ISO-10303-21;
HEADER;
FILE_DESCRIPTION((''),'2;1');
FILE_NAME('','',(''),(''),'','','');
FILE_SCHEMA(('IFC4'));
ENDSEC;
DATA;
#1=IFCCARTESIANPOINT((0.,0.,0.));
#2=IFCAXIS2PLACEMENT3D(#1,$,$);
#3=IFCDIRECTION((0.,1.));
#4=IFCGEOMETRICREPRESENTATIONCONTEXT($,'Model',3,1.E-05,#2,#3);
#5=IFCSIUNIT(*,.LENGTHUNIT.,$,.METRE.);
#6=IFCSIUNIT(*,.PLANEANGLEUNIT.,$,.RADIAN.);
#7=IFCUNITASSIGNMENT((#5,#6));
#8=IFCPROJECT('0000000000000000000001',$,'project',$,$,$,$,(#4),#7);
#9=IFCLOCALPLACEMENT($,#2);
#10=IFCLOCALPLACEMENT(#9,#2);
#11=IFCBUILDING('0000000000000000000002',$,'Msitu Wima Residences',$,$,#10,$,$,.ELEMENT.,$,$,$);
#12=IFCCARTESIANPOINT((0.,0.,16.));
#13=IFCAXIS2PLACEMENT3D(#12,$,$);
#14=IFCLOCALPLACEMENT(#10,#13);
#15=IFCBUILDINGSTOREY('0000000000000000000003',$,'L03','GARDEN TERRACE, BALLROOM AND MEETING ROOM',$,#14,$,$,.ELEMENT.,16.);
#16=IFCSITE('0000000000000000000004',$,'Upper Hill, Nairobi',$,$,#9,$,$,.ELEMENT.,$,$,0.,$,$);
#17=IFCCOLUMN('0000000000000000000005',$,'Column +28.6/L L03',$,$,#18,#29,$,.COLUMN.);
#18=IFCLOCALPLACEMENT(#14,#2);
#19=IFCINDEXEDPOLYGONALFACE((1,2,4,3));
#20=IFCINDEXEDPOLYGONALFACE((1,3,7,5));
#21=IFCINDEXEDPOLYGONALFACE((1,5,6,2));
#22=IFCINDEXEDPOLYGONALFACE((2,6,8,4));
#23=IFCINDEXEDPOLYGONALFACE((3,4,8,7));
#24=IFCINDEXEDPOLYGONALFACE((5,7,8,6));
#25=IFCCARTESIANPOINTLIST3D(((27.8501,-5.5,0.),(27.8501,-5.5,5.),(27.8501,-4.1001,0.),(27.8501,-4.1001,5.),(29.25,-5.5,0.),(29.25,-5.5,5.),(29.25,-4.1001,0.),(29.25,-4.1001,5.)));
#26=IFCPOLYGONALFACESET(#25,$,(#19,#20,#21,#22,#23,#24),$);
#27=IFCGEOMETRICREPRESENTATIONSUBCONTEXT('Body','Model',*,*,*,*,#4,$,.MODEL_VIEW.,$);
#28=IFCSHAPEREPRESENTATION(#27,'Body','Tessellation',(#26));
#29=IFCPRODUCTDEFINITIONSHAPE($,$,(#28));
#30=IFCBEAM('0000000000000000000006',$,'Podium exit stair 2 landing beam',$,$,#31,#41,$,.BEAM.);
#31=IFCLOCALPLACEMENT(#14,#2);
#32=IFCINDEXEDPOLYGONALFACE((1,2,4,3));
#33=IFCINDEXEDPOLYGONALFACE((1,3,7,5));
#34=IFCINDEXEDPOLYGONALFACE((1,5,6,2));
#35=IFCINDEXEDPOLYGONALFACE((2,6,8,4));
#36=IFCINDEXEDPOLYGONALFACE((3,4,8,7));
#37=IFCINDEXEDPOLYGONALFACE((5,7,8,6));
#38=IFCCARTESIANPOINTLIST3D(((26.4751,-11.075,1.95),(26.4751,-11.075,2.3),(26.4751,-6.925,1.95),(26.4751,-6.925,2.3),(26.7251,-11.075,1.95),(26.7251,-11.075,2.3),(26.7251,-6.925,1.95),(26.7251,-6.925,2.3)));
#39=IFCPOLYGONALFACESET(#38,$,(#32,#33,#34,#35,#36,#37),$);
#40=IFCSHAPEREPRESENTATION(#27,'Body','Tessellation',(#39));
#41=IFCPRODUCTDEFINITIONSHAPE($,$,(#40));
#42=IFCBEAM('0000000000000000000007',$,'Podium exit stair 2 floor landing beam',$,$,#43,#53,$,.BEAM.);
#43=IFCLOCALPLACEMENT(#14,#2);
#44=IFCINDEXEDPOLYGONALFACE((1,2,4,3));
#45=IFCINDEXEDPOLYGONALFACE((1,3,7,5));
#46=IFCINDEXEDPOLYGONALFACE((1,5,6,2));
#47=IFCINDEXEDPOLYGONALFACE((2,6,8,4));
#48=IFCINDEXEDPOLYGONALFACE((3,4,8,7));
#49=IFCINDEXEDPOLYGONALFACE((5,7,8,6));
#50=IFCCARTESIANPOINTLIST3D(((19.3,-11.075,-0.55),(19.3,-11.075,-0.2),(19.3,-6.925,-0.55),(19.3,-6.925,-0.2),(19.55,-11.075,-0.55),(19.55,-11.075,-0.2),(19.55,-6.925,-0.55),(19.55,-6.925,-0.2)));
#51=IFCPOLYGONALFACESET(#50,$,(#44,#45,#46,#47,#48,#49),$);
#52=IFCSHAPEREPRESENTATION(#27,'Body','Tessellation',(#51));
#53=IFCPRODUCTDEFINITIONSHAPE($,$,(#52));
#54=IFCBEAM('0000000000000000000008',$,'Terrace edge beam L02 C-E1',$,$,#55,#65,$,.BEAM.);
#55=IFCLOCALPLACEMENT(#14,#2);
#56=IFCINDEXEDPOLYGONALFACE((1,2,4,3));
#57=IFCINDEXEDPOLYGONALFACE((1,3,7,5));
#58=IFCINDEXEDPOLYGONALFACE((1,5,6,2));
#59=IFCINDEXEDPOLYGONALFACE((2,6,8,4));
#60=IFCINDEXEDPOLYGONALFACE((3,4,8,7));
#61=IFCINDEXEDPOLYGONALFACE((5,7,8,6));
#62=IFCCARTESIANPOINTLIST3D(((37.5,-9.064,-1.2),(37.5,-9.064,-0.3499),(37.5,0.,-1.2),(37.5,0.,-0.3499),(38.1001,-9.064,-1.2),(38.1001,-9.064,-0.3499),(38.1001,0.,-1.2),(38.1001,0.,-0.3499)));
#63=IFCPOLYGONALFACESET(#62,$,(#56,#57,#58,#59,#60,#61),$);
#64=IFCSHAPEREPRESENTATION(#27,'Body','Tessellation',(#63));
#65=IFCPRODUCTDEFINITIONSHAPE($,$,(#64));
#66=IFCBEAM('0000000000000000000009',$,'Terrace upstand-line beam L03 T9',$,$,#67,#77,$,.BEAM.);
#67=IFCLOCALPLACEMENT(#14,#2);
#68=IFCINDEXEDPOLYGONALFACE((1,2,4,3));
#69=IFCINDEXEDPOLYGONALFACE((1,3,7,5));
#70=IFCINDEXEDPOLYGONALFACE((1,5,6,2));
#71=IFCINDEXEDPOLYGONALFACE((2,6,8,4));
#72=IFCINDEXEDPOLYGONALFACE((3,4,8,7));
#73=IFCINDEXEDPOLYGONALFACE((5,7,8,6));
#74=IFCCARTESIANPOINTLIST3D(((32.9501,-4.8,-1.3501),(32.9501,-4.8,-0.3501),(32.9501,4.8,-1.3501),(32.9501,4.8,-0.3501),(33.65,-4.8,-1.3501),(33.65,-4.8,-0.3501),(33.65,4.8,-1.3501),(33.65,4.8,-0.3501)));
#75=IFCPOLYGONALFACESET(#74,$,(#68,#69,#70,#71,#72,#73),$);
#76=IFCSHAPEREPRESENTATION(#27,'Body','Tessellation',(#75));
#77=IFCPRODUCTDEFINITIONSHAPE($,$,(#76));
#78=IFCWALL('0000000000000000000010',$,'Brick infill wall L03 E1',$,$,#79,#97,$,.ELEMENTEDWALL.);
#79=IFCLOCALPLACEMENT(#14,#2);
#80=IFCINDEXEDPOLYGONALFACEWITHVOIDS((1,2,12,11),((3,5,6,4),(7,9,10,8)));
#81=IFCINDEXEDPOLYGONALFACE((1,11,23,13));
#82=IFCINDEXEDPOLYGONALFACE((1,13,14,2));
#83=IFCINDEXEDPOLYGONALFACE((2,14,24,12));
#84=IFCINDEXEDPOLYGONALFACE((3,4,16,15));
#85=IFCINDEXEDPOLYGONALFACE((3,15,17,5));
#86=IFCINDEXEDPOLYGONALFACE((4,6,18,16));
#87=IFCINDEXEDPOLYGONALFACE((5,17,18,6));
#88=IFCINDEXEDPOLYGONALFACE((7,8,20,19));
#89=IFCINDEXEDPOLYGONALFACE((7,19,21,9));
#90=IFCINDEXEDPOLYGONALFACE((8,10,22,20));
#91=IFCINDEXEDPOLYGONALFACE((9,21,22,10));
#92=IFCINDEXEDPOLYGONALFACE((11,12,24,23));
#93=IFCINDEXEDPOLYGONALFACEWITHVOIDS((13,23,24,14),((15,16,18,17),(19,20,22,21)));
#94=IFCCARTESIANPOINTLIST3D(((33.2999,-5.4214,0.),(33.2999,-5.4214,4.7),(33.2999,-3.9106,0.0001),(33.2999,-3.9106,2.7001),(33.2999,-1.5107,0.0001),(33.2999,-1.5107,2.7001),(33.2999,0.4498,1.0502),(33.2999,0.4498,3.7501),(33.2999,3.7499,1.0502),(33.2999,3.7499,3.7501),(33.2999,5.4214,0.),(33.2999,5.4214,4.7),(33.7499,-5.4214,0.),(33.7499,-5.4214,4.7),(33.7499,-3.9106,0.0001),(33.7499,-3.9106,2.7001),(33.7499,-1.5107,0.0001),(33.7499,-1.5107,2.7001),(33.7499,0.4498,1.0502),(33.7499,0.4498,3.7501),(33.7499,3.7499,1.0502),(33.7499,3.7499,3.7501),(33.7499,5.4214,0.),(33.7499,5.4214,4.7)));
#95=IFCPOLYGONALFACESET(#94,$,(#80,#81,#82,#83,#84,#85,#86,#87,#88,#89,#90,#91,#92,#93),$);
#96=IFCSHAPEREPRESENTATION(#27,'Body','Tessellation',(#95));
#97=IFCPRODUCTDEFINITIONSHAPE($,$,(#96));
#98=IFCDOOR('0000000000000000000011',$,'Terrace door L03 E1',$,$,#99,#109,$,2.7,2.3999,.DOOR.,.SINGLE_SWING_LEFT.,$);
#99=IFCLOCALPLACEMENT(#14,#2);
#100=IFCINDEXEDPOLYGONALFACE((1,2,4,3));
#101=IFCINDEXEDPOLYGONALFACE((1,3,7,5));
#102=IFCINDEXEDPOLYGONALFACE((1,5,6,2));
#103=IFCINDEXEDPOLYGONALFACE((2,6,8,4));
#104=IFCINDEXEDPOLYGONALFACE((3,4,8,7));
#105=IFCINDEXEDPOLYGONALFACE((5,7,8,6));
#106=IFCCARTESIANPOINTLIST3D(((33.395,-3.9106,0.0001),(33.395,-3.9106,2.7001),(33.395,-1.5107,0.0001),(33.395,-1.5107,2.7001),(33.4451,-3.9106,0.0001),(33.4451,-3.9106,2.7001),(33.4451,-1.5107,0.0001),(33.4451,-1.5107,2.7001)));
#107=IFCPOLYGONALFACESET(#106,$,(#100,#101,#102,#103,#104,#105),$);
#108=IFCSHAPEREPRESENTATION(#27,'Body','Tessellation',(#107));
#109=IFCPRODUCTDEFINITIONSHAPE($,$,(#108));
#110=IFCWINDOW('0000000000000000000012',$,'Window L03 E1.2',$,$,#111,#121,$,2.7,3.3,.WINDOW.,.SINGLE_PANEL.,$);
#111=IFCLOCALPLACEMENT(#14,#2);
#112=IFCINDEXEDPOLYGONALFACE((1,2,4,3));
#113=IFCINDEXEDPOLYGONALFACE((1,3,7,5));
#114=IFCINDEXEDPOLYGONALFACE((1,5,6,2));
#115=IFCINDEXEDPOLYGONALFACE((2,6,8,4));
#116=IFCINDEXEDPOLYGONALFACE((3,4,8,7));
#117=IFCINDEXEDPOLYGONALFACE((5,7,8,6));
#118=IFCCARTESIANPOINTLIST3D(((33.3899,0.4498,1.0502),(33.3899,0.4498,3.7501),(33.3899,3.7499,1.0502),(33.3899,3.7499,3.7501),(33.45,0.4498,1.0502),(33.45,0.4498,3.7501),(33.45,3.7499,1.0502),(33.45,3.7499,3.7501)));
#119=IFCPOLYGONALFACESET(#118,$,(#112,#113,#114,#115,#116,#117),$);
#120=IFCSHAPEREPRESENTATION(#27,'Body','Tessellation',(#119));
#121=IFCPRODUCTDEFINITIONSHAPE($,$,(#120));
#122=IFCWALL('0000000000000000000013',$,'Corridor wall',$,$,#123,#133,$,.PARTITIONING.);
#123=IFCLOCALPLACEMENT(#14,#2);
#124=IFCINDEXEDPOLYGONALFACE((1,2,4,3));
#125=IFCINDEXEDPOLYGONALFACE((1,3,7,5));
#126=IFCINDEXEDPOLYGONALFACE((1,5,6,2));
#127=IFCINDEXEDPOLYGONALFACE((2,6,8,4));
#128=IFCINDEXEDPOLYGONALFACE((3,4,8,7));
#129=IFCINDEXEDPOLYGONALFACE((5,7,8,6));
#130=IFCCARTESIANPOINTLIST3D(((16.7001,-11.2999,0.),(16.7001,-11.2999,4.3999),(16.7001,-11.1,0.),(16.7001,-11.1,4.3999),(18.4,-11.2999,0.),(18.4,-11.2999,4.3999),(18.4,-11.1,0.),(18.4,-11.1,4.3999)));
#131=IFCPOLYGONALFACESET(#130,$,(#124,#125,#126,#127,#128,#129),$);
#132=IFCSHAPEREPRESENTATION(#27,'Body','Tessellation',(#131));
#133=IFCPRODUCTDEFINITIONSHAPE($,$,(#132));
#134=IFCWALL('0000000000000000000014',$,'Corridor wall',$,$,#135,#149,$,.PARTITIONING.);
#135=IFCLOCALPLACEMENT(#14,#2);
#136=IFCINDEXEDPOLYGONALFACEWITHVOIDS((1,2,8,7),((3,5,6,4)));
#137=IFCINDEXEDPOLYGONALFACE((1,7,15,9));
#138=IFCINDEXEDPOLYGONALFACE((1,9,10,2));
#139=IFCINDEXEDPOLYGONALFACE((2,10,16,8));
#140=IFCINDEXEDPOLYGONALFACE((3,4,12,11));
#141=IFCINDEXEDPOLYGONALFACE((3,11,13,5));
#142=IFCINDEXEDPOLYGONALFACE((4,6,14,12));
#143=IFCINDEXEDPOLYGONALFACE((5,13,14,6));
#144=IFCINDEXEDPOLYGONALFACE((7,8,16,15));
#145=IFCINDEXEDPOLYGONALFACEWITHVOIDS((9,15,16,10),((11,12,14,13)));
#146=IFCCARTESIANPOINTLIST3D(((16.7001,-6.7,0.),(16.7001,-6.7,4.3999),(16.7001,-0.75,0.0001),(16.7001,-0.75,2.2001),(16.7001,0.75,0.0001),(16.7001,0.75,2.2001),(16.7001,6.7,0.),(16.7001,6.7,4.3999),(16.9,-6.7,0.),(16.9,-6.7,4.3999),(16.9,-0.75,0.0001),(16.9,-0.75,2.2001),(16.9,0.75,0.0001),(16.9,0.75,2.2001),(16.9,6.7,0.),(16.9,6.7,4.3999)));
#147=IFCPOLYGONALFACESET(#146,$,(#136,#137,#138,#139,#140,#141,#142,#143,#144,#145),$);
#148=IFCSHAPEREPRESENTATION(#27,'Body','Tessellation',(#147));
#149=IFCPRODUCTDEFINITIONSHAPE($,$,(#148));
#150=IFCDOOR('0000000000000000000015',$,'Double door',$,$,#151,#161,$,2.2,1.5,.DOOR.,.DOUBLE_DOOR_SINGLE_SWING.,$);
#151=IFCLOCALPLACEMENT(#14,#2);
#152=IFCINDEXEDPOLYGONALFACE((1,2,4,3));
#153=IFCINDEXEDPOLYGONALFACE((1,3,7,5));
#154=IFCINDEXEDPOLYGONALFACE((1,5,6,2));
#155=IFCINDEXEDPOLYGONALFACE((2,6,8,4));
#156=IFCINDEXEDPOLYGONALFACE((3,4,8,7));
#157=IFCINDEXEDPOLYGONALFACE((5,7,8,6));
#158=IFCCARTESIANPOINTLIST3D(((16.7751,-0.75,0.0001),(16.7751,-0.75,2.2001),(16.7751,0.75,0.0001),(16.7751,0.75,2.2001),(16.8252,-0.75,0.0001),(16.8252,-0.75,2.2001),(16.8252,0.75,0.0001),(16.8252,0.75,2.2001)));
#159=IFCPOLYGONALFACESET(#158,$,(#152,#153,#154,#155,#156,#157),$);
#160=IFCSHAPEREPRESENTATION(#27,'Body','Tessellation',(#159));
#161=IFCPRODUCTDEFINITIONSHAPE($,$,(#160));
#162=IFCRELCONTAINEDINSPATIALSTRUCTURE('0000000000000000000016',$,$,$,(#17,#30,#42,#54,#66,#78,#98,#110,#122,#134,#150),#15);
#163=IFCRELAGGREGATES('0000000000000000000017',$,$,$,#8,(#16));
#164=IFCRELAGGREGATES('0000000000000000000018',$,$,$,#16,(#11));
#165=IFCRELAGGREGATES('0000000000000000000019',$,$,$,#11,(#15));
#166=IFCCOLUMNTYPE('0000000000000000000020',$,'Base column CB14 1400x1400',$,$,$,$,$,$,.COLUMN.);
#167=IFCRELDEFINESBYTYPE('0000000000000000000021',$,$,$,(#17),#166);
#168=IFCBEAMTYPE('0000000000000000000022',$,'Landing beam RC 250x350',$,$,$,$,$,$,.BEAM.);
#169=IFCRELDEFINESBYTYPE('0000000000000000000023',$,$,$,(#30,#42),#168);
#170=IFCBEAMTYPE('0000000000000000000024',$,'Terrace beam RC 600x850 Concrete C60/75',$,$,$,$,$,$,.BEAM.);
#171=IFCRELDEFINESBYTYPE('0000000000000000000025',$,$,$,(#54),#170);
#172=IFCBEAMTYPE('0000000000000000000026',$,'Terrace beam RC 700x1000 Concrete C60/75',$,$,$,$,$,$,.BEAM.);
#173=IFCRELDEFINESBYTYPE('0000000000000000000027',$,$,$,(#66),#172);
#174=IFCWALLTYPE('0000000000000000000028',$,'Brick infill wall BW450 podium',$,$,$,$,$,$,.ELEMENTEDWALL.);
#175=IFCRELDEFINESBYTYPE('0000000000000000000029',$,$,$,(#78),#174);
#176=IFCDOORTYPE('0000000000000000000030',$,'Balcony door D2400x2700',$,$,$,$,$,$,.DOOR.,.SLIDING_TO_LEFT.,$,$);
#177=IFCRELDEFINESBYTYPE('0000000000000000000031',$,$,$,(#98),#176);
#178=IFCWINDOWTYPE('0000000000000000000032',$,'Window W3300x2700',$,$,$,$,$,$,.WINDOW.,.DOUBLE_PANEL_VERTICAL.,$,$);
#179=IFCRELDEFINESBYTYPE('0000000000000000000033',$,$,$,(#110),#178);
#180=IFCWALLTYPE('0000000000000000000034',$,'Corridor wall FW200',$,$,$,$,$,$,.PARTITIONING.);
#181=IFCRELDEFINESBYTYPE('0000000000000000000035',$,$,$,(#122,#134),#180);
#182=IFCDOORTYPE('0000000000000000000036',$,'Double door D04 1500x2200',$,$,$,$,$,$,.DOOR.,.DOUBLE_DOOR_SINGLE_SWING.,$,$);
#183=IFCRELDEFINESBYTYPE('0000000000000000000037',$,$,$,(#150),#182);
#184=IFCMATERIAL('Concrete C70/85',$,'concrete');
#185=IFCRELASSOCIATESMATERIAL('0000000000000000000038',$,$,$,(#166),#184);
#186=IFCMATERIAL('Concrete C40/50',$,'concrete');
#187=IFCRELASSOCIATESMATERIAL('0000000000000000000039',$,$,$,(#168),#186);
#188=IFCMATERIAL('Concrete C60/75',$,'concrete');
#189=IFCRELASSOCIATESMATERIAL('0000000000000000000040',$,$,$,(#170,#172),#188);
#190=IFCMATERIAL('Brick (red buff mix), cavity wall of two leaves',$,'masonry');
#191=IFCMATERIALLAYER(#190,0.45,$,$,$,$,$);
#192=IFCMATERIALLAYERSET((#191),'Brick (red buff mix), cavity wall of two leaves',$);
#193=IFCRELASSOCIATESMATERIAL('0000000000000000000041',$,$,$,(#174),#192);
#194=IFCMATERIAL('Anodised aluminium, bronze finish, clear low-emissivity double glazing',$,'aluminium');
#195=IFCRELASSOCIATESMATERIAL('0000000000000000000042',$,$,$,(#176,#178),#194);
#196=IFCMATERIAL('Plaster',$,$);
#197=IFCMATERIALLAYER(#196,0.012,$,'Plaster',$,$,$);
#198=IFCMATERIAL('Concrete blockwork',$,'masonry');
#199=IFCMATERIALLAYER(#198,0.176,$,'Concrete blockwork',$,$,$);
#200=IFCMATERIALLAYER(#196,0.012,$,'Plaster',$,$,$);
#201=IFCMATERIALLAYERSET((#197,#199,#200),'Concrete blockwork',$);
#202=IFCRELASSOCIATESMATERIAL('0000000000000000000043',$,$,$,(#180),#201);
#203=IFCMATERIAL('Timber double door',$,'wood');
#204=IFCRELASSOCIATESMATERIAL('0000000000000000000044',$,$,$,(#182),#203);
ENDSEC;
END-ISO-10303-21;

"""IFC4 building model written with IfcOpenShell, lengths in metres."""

from ifc_helpers import new_model, si_unit, direction, frame, frame_2d, origin, origin_2d, place, context, subcontext, project, spatial, rectangle, extrude, material, layer, layer_set, material_profile, profile_set, type_object, element, fill, save


model = new_model("IFC4")

# Units and contexts
model_context = context("Model", 3, precision=1e-05, world=origin(), true_north=direction((0.0, 1.0)))
body_context = subcontext(model_context, "Body", "Model", "MODEL_VIEW")
ifc_project = project(units=[si_unit("LENGTHUNIT", "METRE"), si_unit("PLANEANGLEUNIT", "RADIAN")], contexts=[model_context])

# Site, building, storey
site_placement = place(None, origin())
site = spatial("IfcSite", under=ifc_project, at=site_placement, Name="Upper Hill, Nairobi", CompositionType="ELEMENT", RefElevation=0.0)
building_placement = place(site_placement, origin())
building = spatial("IfcBuilding", under=site, at=building_placement, Name="Msitu Wima Residences", CompositionType="ELEMENT")
storey_placement = place(building_placement, frame((0.0, 0.0, 16.0)))
storey = spatial("IfcBuildingStorey", under=building, at=storey_placement, Name="L03", Description="GARDEN TERRACE, BALLROOM AND MEETING ROOM", CompositionType="ELEMENT", Elevation=16.0)

# Column
ifc_material_1 = material(Name="Concrete C70/85", Category="concrete")
ifc_material_profile_1 = material_profile(ifc_material_1, rectangle(XDim=1.3999, YDim=1.3999, at=origin_2d()), Name="RC 1400x1400")
ifc_profile_set_1 = profile_set([ifc_material_profile_1], Name="Concrete C70/85")
column_type = type_object("IfcColumnType", Name="Base column CB14 1400x1400", PredefinedType="COLUMN", material=ifc_profile_set_1)
column_placement = place(storey_placement, frame((28.55, -4.8, 0.0), z_axis=(0.0, 0.0, 1.0), x_axis=(0.0, 1.0, 0.0)))
element("IfcColumn", 1, at=column_placement, inside=storey, type_object=column_type, Name="Column +28.6/L L03", PredefinedType="COLUMN", context=body_context, shape_type="SweptSolid", body=[
    extrude(rectangle(XDim=1.3999, YDim=1.3999, at=origin_2d()), origin(), (0.0, 0.0, 1.0), 5.0),
])

# Beams
ifc_material_2 = material(Name="Concrete C40/50", Category="concrete")
ifc_material_profile_2 = material_profile(ifc_material_2, rectangle(XDim=0.25, YDim=0.3501, at=origin_2d()), Name="RC 250x350")
ifc_profile_set_2 = profile_set([ifc_material_profile_2], Name="Concrete C40/50")
beam_type_1 = type_object("IfcBeamType", Name="Landing beam RC 250x350", PredefinedType="BEAM", material=ifc_profile_set_2)
for number, where, z_axis, x_axis, name in (
    (2, (26.6001, -6.925, 2.125), (0.0, -1.0, 0.0), (1.0, 0.0, 0.0), "Podium exit stair 2 landing beam"),
    (3, (19.425, -6.925, -0.375), (0.0, -1.0, 0.0), (1.0, 0.0, 0.0), "Podium exit stair 2 floor landing beam"),
):
    element("IfcBeam", number, at=place(storey_placement, frame(where, z_axis=z_axis, x_axis=x_axis)), inside=storey, type_object=beam_type_1, Name=name, PredefinedType="BEAM", context=body_context, shape_type="SweptSolid", body=[
        extrude(rectangle(XDim=0.25, YDim=0.3501, at=origin_2d()), origin(), (0.0, 0.0, 1.0), 4.1499),
    ])
ifc_material_3 = material(Name="Concrete C60/75", Category="concrete")
ifc_material_profile_3 = material_profile(ifc_material_3, rectangle(XDim=0.6001, YDim=0.8501, at=origin_2d()), Name="RC 600x850")
ifc_profile_set_3 = profile_set([ifc_material_profile_3], Name="Concrete C60/75")
beam_type_2 = type_object("IfcBeamType", Name="Terrace beam RC 600x850 Concrete C60/75", PredefinedType="BEAM", material=ifc_profile_set_3)
beam_1_placement = place(storey_placement, frame((37.8, -9.064, -0.7749), z_axis=(0.0, 1.0, 0.0), x_axis=(-1.0, 0.0, 0.0)))
element("IfcBeam", 4, at=beam_1_placement, inside=storey, type_object=beam_type_2, Name="Terrace edge beam L02 C-E1", PredefinedType="BEAM", context=body_context, shape_type="SweptSolid", body=[
    extrude(rectangle(XDim=0.6001, YDim=0.8501, at=origin_2d()), origin(), (0.0, 0.0, 1.0), 9.064),
])
ifc_material_profile_4 = material_profile(ifc_material_3, rectangle(XDim=0.7, YDim=1.0, at=origin_2d()), Name="RC 700x1000")
ifc_profile_set_4 = profile_set([ifc_material_profile_4], Name="Concrete C60/75")
beam_type_3 = type_object("IfcBeamType", Name="Terrace beam RC 700x1000 Concrete C60/75", PredefinedType="BEAM", material=ifc_profile_set_4)
beam_2_placement = place(storey_placement, frame((33.3, -4.8, -0.8501), z_axis=(0.0, 1.0, 0.0), x_axis=(-1.0, 0.0, 0.0)))
element("IfcBeam", 5, at=beam_2_placement, inside=storey, type_object=beam_type_3, Name="Terrace upstand-line beam L03 T9", PredefinedType="BEAM", context=body_context, shape_type="SweptSolid", body=[
    extrude(rectangle(XDim=0.7, YDim=1.0, at=origin_2d()), origin(), (0.0, 0.0, 1.0), 9.6001),
])

# Wall, openings, door, window
ifc_material_4 = material(Name="Brick (red buff mix), cavity wall of two leaves", Category="masonry")
ifc_layer_1 = layer(ifc_material_4, 0.45)
ifc_layer_set_1 = layer_set([ifc_layer_1], Name="Brick (red buff mix), cavity wall of two leaves")
wall_type_1 = type_object("IfcWallType", Name="Brick infill wall BW450 podium", PredefinedType="ELEMENTEDWALL", material=ifc_layer_set_1)
wall_1_placement = place(storey_placement, frame((33.5249, -5.4214, 0.0), z_axis=(0.0, 0.0, 1.0), x_axis=(0.0, 1.0, 0.0)))
wall_1 = element("IfcWall", 6, at=wall_1_placement, inside=storey, type_object=wall_type_1, Name="Brick infill wall L03 E1", PredefinedType="ELEMENTEDWALL", context=body_context, shape_type="SweptSolid", body=[
    extrude(rectangle(XDim=10.8428, YDim=0.45, at=frame_2d((5.4214, 0.0))), origin(), (0.0, 0.0, 1.0), 4.7),
])
opening_1_placement = place(wall_1_placement, frame((1.5107, 0.0, 0.0)))
opening_1 = element("IfcOpeningElement", 7, at=opening_1_placement, cuts=wall_1, PredefinedType="OPENING", context=body_context, shape_type="SweptSolid", body=[
    extrude(rectangle(XDim=2.3999, YDim=2.7, at=frame_2d((1.2, 1.3501))), frame((0.0, 0.2349, 0.0), z_axis=(0.0, -1.0, 0.0), x_axis=(1.0, 0.0, 0.0)), (0.0, 0.0, 1.0), 0.47),
])
opening_2_placement = place(wall_1_placement, frame((5.8713, 0.0, 1.05)))
opening_2 = element("IfcOpeningElement", 8, at=opening_2_placement, cuts=wall_1, PredefinedType="OPENING", context=body_context, shape_type="SweptSolid", body=[
    extrude(rectangle(XDim=3.3, YDim=2.7, at=frame_2d((1.6499, 1.3501))), frame((0.0, 0.2349, 0.0), z_axis=(0.0, -1.0, 0.0), x_axis=(1.0, 0.0, 0.0)), (0.0, 0.0, 1.0), 0.47),
])
ifc_material_5 = material(Name="Anodised aluminium, bronze finish, clear low-emissivity double glazing", Category="aluminium")
door_type_1 = type_object("IfcDoorType", Name="Balcony door D2400x2700", OperationType="SLIDING_TO_LEFT", PredefinedType="DOOR", material=ifc_material_5)
door_1_placement = place(opening_1_placement, origin())
door_1 = element("IfcDoor", 9, at=door_1_placement, inside=storey, type_object=door_type_1, Name="Terrace door L03 E1", OperationType="SINGLE_SWING_LEFT", OverallHeight=2.7, OverallWidth=2.3999, PredefinedType="DOOR", context=body_context, shape_type="SweptSolid", body=[
    extrude(rectangle(XDim=2.3999, YDim=2.7, at=frame_2d((1.2, 1.3501))), frame((0.0, 0.1299, 0.0), z_axis=(0.0, -1.0, 0.0), x_axis=(1.0, 0.0, 0.0)), (0.0, 0.0, 1.0), 0.05),
])
fill(opening_1, door_1)
window_type = type_object("IfcWindowType", Name="Window W3300x2700", PartitioningType="DOUBLE_PANEL_VERTICAL", PredefinedType="WINDOW", material=ifc_material_5)
window_placement = place(opening_2_placement, origin())
window = element("IfcWindow", 10, at=window_placement, inside=storey, type_object=window_type, Name="Window L03 E1.2", OverallHeight=2.7, OverallWidth=3.3, PartitioningType="SINGLE_PANEL", PredefinedType="WINDOW", context=body_context, shape_type="SweptSolid", body=[
    extrude(rectangle(XDim=3.3, YDim=2.7, at=frame_2d((1.6499, 1.3501))), frame((0.0, 0.135, 0.0), z_axis=(0.0, -1.0, 0.0), x_axis=(1.0, 0.0, 0.0)), (0.0, 0.0, 1.0), 0.0601),
])
fill(opening_2, window)

# Wall
ifc_material_6 = material(Name="Plaster")
ifc_layer_2 = layer(ifc_material_6, 0.012, Name="Plaster")
ifc_material_7 = material(Name="Concrete blockwork", Category="masonry")
ifc_layer_3 = layer(ifc_material_7, 0.176, Name="Concrete blockwork")
ifc_layer_4 = layer(ifc_material_6, 0.012, Name="Plaster")
ifc_layer_set_2 = layer_set([ifc_layer_2, ifc_layer_3, ifc_layer_4], Name="Concrete blockwork")
wall_type_2 = type_object("IfcWallType", Name="Corridor wall FW200", PredefinedType="PARTITIONING", material=ifc_layer_set_2)
wall_2_placement = place(storey_placement, frame((16.7, -11.2, 0.0), z_axis=(0.0, 0.0, 1.0), x_axis=(1.0, 0.0, 0.0)))
element("IfcWall", 11, at=wall_2_placement, inside=storey, type_object=wall_type_2, Name="Corridor wall", PredefinedType="PARTITIONING", context=body_context, shape_type="SweptSolid", body=[
    extrude(rectangle(XDim=1.7, YDim=0.2, at=frame_2d((0.8501, 0.0))), origin(), (0.0, 0.0, 1.0), 4.3999),
])

# Wall, opening, door
wall_3_placement = place(storey_placement, frame((16.8, -6.7, 0.0), z_axis=(0.0, 0.0, 1.0), x_axis=(0.0, 1.0, 0.0)))
wall_3 = element("IfcWall", 12, at=wall_3_placement, inside=storey, type_object=wall_type_2, Name="Corridor wall", PredefinedType="PARTITIONING", context=body_context, shape_type="SweptSolid", body=[
    extrude(rectangle(XDim=13.3999, YDim=0.2, at=frame_2d((6.7, 0.0))), origin(), (0.0, 0.0, 1.0), 4.3999),
])
opening_3_placement = place(wall_3_placement, frame((5.95, 0.0, 0.0)))
opening_3 = element("IfcOpeningElement", 13, at=opening_3_placement, cuts=wall_3, PredefinedType="OPENING", context=body_context, shape_type="SweptSolid", body=[
    extrude(rectangle(XDim=1.5, YDim=2.2, at=frame_2d((0.75, 1.1001))), frame((0.0, 0.1099, 0.0), z_axis=(0.0, -1.0, 0.0), x_axis=(1.0, 0.0, 0.0)), (0.0, 0.0, 1.0), 0.22),
])
ifc_material_8 = material(Name="Timber double door", Category="wood")
door_type_2 = type_object("IfcDoorType", Name="Double door D04 1500x2200", OperationType="DOUBLE_DOOR_SINGLE_SWING", PredefinedType="DOOR", material=ifc_material_8)
door_2_placement = place(opening_3_placement, origin())
door_2 = element("IfcDoor", 14, at=door_2_placement, inside=storey, type_object=door_type_2, Name="Double door", OperationType="DOUBLE_DOOR_SINGLE_SWING", OverallHeight=2.2, OverallWidth=1.5, PredefinedType="DOOR", context=body_context, shape_type="SweptSolid", body=[
    extrude(rectangle(XDim=1.5, YDim=2.2, at=frame_2d((0.75, 1.1001))), frame((0.0, 0.0249, 0.0), z_axis=(0.0, -1.0, 0.0), x_axis=(1.0, 0.0, 0.0)), (0.0, 0.0, 1.0), 0.05),
])
fill(opening_3, door_2)

save(model, "model.ifc")
